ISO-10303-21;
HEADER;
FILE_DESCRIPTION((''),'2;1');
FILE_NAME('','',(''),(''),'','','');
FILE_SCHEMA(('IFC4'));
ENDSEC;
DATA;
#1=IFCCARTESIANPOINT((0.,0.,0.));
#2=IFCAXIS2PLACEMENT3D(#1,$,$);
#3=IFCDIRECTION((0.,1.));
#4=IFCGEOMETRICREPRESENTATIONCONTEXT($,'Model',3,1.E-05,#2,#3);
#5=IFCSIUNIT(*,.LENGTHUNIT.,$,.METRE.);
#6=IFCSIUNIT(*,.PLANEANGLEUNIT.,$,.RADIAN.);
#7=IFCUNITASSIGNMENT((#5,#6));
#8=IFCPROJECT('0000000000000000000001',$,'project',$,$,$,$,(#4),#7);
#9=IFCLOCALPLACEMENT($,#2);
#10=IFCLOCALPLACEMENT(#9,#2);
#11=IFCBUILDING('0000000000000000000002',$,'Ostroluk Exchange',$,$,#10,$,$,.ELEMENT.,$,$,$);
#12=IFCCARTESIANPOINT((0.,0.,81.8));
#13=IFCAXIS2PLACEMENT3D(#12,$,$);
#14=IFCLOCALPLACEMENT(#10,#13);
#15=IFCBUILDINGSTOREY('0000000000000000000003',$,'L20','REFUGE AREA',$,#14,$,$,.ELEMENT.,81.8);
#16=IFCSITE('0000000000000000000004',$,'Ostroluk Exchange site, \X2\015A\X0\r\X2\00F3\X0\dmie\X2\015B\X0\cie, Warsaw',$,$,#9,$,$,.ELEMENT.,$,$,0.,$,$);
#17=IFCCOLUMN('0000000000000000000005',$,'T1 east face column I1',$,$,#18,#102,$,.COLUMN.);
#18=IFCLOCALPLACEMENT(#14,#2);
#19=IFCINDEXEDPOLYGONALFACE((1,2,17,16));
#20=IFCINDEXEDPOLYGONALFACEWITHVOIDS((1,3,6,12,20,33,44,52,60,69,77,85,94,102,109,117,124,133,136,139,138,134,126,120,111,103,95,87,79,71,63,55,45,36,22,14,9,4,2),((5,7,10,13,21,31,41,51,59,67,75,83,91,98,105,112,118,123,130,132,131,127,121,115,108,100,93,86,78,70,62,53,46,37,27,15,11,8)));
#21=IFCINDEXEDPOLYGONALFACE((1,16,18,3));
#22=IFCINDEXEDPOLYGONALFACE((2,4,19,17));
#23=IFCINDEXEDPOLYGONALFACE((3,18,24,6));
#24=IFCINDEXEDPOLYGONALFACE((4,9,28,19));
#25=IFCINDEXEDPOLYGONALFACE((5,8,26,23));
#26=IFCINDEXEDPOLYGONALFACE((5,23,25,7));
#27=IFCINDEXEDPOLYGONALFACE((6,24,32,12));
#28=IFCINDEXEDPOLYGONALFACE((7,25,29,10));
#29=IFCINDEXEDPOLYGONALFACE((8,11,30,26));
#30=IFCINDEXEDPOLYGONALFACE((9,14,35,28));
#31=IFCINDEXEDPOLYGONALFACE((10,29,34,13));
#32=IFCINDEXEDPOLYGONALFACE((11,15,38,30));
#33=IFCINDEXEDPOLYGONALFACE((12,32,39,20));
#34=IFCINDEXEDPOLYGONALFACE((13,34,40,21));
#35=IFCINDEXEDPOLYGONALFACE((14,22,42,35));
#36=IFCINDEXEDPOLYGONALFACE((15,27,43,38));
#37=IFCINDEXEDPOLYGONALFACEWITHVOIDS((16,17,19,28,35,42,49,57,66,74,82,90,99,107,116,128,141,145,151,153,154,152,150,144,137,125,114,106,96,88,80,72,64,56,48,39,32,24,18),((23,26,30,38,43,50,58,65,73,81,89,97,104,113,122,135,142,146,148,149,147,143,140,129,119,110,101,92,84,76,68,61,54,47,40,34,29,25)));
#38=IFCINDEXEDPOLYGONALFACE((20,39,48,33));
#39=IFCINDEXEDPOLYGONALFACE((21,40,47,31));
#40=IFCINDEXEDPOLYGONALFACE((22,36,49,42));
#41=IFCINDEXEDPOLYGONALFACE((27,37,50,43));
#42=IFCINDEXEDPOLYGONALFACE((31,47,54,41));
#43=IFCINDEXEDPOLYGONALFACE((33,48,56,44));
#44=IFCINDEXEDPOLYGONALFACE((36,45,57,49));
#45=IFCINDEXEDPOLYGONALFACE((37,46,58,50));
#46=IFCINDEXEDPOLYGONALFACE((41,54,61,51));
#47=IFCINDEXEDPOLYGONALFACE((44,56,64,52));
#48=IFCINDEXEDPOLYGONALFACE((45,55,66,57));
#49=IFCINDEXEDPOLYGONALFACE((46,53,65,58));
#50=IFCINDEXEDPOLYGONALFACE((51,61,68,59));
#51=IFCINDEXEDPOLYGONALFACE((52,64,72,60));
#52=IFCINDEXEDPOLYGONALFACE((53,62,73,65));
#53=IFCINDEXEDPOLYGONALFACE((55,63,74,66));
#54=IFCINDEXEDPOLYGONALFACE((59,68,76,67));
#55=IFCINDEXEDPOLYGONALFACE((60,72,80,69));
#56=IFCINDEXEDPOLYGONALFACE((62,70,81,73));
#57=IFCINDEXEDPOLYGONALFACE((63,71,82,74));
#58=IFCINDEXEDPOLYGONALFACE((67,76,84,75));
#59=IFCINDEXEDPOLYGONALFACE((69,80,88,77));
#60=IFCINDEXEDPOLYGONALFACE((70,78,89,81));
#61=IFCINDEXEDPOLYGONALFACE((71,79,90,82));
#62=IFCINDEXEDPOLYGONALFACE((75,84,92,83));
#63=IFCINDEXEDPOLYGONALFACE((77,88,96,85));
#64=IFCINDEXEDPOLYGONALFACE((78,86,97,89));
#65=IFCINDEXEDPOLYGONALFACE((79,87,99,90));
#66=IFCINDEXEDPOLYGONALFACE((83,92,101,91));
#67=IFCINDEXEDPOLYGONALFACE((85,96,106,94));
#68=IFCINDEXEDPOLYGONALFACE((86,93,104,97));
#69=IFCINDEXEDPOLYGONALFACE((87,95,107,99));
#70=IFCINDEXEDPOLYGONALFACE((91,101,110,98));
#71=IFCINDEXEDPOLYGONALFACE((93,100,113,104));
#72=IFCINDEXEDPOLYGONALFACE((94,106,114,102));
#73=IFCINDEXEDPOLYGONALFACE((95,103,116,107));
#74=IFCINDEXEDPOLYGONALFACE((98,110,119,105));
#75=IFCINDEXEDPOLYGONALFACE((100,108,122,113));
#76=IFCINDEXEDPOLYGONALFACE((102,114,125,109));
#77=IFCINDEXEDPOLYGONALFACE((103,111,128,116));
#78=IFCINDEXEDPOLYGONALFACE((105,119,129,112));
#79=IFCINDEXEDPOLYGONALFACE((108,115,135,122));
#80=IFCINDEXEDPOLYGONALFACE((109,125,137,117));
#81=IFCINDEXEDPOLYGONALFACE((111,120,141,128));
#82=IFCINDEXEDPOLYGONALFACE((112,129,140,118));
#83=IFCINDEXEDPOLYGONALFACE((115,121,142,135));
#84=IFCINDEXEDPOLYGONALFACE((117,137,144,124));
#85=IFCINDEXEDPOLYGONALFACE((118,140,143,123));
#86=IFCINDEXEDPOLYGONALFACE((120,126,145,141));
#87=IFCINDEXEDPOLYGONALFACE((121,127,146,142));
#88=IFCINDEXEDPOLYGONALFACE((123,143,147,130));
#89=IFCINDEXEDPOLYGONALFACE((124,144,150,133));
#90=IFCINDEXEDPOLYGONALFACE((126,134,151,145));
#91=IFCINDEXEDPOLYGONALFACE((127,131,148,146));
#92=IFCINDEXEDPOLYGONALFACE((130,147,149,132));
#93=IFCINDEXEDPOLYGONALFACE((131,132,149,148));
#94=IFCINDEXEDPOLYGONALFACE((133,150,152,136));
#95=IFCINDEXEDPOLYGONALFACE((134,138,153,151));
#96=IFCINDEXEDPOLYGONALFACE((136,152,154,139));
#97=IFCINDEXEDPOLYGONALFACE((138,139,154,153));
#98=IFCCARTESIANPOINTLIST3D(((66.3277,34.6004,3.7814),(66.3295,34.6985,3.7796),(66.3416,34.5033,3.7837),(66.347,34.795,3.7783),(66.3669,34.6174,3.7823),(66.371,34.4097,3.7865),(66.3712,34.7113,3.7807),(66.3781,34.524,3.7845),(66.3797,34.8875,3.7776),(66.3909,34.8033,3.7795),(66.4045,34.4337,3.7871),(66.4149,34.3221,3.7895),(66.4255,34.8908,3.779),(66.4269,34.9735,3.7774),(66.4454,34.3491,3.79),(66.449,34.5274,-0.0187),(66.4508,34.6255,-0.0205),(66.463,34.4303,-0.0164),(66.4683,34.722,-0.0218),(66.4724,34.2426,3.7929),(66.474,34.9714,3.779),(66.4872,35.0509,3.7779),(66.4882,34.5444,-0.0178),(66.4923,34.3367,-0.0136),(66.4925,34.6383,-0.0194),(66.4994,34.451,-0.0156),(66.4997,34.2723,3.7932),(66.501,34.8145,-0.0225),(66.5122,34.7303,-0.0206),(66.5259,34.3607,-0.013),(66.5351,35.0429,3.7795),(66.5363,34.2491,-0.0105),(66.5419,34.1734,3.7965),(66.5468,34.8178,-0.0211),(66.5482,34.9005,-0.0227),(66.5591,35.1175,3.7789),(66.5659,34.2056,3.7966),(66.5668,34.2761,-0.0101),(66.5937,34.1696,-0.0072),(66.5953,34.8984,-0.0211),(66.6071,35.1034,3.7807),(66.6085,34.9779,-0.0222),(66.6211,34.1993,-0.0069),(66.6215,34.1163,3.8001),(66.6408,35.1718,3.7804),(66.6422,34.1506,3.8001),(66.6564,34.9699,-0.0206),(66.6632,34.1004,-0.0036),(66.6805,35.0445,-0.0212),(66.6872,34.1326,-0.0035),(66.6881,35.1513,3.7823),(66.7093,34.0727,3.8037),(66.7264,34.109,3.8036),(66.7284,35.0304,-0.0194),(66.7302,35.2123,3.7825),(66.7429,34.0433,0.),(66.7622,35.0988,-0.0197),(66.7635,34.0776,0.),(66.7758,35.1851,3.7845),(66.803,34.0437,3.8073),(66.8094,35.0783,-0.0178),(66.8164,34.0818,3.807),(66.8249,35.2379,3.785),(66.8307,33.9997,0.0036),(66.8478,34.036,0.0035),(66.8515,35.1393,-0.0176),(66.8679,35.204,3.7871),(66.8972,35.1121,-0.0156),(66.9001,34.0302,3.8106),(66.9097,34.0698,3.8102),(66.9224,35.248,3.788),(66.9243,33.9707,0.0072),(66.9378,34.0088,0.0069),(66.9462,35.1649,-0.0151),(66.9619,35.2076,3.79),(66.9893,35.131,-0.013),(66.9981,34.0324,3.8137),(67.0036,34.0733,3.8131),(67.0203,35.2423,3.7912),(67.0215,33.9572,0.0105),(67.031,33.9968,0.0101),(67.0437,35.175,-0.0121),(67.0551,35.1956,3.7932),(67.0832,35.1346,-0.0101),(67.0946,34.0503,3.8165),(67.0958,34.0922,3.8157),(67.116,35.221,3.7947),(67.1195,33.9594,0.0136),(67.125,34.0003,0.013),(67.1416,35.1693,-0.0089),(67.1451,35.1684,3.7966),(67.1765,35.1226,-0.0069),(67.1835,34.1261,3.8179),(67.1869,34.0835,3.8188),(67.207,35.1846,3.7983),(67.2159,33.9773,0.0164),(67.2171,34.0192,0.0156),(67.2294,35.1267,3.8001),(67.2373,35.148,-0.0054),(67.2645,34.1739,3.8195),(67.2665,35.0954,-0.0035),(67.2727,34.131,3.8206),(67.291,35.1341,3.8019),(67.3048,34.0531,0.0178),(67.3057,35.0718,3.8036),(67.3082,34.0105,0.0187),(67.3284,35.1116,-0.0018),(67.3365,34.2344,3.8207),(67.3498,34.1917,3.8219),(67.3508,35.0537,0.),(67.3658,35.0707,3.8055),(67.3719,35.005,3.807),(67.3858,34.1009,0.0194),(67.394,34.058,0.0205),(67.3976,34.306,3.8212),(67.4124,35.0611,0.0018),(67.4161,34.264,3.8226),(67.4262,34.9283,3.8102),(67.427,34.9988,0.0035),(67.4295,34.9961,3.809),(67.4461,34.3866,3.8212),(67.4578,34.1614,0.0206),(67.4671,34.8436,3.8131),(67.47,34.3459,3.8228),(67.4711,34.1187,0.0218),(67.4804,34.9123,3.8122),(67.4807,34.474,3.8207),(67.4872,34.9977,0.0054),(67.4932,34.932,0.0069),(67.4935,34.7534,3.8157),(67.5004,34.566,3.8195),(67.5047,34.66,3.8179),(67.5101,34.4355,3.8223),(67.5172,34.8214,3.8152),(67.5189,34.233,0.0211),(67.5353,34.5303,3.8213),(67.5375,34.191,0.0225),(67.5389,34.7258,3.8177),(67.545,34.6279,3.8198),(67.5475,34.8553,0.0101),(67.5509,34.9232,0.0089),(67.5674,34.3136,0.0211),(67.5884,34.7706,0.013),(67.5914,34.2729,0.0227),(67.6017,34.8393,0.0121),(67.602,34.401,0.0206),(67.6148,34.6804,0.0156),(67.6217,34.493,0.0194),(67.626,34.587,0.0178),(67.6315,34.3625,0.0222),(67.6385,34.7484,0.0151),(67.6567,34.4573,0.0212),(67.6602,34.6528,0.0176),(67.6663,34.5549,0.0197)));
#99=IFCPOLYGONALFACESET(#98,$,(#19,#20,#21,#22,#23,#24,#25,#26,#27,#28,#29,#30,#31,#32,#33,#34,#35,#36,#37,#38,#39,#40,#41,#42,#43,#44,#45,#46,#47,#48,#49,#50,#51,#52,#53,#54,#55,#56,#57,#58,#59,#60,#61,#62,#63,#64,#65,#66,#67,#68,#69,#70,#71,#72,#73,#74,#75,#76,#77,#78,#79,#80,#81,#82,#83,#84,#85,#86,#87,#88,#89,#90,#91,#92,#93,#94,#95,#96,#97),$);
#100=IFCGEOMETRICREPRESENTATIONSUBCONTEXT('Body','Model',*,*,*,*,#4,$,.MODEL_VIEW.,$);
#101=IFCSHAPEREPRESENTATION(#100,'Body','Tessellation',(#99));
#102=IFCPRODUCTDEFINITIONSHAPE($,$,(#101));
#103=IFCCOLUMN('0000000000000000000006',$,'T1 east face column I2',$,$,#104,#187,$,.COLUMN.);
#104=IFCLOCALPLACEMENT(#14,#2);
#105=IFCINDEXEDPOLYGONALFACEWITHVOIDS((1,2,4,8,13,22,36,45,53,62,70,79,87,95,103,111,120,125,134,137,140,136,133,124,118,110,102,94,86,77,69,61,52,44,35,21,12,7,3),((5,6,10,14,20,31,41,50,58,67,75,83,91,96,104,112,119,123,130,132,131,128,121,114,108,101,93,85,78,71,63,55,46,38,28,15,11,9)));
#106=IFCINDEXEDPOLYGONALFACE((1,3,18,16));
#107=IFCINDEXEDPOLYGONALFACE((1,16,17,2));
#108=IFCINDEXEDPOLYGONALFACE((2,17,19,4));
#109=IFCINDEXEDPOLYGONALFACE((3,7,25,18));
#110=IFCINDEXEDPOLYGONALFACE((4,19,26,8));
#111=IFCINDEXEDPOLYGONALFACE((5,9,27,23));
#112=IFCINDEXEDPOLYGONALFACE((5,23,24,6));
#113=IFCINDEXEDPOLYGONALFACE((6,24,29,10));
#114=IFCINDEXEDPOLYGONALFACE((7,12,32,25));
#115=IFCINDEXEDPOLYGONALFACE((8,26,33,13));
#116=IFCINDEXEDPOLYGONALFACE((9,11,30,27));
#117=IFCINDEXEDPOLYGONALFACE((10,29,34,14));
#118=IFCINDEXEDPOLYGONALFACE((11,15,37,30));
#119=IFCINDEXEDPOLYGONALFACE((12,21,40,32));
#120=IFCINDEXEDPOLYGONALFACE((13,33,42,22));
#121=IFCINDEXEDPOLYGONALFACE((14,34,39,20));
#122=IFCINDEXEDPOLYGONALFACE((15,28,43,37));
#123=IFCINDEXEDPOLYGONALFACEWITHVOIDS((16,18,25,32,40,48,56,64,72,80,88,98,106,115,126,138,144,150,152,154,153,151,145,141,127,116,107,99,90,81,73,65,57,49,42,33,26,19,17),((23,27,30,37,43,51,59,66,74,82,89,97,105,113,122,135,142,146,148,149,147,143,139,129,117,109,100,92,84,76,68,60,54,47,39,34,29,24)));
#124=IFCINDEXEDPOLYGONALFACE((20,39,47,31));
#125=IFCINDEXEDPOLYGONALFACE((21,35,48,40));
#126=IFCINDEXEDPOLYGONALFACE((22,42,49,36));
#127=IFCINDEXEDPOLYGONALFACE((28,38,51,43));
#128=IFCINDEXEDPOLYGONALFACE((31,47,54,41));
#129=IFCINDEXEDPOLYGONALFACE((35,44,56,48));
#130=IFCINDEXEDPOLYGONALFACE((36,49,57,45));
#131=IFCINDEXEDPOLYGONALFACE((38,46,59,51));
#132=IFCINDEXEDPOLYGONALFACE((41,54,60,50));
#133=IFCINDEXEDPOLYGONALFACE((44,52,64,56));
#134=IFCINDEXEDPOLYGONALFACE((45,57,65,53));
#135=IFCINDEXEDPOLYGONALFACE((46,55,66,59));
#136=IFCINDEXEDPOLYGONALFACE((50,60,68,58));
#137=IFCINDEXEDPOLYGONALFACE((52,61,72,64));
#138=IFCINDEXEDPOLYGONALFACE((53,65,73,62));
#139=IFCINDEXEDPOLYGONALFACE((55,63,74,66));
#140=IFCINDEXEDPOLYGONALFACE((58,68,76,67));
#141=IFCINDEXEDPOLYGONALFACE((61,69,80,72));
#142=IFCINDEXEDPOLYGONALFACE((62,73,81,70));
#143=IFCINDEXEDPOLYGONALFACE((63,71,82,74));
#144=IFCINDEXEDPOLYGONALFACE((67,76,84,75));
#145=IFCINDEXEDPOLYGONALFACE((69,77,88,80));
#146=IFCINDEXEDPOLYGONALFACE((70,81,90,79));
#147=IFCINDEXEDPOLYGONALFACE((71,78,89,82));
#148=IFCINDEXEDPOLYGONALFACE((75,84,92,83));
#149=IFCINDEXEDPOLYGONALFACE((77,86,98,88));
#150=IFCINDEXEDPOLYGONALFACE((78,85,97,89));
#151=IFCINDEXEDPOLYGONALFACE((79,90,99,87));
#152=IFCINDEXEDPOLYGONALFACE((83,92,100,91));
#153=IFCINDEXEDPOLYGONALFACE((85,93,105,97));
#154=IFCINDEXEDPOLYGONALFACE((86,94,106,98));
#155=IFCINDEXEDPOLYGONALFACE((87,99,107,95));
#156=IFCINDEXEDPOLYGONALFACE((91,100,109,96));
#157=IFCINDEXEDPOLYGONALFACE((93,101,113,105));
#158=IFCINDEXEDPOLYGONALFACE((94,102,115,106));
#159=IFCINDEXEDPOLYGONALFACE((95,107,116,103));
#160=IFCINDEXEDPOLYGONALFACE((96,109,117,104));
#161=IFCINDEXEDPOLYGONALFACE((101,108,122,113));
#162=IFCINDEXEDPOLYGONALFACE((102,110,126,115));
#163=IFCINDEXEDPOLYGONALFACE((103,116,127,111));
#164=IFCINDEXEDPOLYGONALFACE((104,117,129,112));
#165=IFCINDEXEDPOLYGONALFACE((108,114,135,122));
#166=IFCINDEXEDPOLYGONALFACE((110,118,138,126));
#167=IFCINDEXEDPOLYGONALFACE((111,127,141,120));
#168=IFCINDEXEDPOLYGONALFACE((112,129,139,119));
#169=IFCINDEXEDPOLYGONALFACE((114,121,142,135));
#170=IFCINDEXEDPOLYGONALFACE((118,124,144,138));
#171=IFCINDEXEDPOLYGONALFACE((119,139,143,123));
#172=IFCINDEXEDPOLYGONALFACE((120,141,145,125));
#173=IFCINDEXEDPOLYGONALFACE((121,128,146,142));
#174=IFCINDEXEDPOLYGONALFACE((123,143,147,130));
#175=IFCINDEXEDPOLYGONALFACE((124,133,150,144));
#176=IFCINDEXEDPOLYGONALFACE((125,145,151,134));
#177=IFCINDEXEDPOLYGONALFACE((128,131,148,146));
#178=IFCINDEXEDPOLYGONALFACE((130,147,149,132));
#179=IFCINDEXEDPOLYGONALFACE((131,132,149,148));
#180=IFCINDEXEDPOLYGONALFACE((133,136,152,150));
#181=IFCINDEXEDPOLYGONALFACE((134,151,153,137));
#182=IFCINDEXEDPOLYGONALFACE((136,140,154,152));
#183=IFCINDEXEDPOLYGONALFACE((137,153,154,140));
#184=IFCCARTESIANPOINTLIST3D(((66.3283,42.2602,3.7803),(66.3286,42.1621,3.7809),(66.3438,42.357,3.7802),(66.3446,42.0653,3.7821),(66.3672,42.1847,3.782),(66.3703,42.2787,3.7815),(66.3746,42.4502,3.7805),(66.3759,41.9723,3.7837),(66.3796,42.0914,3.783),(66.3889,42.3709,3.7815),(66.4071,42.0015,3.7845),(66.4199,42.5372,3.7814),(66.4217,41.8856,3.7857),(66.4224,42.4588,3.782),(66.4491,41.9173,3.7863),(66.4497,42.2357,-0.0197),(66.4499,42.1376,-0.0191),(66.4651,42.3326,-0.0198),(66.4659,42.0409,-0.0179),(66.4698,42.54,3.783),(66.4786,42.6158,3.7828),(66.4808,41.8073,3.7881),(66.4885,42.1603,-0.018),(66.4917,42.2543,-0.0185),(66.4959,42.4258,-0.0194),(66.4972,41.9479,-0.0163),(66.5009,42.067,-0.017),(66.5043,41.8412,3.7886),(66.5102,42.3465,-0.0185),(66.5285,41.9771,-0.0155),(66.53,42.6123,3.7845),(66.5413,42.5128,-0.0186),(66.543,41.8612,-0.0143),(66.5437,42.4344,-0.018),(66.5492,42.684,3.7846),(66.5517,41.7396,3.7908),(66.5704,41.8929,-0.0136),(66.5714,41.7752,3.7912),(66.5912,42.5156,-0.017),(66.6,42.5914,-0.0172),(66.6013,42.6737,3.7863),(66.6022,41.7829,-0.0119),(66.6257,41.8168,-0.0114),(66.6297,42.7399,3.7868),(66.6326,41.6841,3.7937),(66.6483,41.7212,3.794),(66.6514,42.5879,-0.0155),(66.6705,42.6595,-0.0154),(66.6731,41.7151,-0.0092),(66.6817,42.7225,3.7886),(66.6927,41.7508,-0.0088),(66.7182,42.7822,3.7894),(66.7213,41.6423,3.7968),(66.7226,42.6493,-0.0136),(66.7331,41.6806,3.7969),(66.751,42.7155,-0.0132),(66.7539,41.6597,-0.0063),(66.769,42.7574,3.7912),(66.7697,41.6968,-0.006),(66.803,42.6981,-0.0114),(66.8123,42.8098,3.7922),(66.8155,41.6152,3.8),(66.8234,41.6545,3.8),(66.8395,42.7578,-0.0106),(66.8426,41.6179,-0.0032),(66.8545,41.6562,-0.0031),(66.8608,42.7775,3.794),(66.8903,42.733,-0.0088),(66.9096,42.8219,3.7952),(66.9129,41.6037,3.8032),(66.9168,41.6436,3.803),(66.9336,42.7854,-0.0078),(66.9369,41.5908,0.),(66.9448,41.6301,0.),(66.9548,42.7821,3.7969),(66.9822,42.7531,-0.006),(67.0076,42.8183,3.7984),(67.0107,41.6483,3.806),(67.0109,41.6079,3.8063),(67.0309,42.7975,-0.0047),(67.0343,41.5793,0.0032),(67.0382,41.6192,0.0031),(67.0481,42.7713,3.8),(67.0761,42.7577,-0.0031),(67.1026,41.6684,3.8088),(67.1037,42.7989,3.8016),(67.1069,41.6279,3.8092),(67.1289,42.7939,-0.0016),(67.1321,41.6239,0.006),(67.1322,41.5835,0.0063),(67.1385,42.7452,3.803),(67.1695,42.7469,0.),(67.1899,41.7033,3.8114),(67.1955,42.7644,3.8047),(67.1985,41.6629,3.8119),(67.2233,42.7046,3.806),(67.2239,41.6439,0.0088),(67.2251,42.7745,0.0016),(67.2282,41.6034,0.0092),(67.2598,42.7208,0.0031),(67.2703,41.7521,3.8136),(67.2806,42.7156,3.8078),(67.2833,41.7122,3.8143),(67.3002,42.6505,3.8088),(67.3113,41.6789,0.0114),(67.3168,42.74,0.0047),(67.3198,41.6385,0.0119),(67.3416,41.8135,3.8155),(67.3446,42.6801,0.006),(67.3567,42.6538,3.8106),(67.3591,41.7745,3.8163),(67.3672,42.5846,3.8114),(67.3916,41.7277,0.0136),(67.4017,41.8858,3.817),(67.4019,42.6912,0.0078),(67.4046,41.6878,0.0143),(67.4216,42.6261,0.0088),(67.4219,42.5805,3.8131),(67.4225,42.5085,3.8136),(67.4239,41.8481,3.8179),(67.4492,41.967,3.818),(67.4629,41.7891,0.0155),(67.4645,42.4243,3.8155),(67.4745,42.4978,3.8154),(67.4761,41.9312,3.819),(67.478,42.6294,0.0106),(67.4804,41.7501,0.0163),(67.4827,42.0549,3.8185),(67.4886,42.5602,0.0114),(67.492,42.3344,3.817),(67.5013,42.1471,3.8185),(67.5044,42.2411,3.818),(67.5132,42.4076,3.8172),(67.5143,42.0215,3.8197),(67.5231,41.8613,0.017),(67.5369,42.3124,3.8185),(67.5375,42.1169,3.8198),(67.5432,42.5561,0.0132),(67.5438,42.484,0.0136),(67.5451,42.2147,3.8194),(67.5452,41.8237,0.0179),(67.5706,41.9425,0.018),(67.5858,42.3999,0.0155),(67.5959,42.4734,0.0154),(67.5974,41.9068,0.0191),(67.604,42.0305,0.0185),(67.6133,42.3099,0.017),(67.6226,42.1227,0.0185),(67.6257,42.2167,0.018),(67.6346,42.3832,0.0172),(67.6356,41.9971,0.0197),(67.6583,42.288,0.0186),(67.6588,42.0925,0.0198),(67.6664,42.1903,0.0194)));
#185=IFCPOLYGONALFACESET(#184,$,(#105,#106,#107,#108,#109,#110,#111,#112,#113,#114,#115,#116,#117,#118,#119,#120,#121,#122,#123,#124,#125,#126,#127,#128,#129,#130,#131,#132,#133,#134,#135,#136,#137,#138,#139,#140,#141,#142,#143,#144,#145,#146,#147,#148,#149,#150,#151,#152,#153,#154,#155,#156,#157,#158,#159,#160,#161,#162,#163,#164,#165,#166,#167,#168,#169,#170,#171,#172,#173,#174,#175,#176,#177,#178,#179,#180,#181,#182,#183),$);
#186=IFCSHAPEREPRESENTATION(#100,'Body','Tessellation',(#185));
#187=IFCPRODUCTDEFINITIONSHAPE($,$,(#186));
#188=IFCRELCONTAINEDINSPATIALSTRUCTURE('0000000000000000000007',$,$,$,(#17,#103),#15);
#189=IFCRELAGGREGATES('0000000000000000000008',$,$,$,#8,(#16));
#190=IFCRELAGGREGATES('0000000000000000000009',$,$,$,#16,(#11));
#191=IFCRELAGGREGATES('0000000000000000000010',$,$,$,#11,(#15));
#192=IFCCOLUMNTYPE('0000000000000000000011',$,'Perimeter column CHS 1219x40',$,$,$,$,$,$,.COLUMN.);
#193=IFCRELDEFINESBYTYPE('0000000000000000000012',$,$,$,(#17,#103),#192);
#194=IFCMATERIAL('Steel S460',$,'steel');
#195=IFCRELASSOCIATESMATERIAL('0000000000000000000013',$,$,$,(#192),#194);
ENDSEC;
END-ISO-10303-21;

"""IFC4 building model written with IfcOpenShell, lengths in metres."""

from ifc_helpers import new_model, si_unit, direction, frame, origin, origin_2d, place, context, subcontext, project, spatial, hollow_circle, extrude, material, material_profile, profile_set, type_object, element, save


model = new_model("IFC4")

# Units and contexts
model_context = context("Model", 3, precision=1e-05, world=origin(), true_north=direction((0.0, 1.0)))
body_context = subcontext(model_context, "Body", "Model", "MODEL_VIEW")
ifc_project = project(units=[si_unit("LENGTHUNIT", "METRE"), si_unit("PLANEANGLEUNIT", "RADIAN")], contexts=[model_context])

# Site, building, storey
site_placement = place(None, origin())
site = spatial("IfcSite", under=ifc_project, at=site_placement, Name="Ostroluk Exchange site, Śródmieście, Warsaw", CompositionType="ELEMENT", RefElevation=0.0)
building_placement = place(site_placement, origin())
building = spatial("IfcBuilding", under=site, at=building_placement, Name="Ostroluk Exchange", CompositionType="ELEMENT")
storey_placement = place(building_placement, frame((0.0, 0.0, 81.8)))
storey = spatial("IfcBuildingStorey", under=building, at=storey_placement, Name="L20", Description="REFUGE AREA", CompositionType="ELEMENT", Elevation=81.8)

# Columns
ifc_material_1 = material(Name="Steel S460", Category="steel")
ifc_material_profile_1 = material_profile(ifc_material_1, hollow_circle(Radius=0.6096, WallThickness=0.04, at=origin_2d()), Name="CHS 1219x40")
ifc_profile_set_1 = profile_set([ifc_material_profile_1], Name="Steel S460")
column_type = type_object("IfcColumnType", Name="Perimeter column CHS 1219x40", PredefinedType="COLUMN", material=ifc_profile_set_1)
column_1_placement = place(storey_placement, frame((67.0571, 34.5657, 0.0), z_axis=(-0.031908, 0.019196, 0.999306), x_axis=(-0.51551, -0.856884, 0.0)))
element("IfcColumn", 1, at=column_1_placement, inside=storey, type_object=column_type, Name="T1 east face column I1", PredefinedType="COLUMN", context=body_context, shape_type="SweptSolid", body=[
    extrude(hollow_circle(Radius=0.6096, WallThickness=0.04, at=origin_2d()), origin(), (0.0, 0.0, 1.0), 3.8027),
])
column_2_placement = place(storey_placement, frame((67.0571, 42.1885, 0.0), z_axis=(-0.031914, 0.006421, 0.99947), x_axis=(-0.197254, -0.980352, 0.0)))
element("IfcColumn", 2, at=column_2_placement, inside=storey, type_object=column_type, Name="T1 east face column I2", PredefinedType="COLUMN", context=body_context, shape_type="SweptSolid", body=[
    extrude(hollow_circle(Radius=0.6096, WallThickness=0.04, at=origin_2d()), origin(), (0.0, 0.0, 1.0), 3.802),
])

save(model, "model.ifc")
